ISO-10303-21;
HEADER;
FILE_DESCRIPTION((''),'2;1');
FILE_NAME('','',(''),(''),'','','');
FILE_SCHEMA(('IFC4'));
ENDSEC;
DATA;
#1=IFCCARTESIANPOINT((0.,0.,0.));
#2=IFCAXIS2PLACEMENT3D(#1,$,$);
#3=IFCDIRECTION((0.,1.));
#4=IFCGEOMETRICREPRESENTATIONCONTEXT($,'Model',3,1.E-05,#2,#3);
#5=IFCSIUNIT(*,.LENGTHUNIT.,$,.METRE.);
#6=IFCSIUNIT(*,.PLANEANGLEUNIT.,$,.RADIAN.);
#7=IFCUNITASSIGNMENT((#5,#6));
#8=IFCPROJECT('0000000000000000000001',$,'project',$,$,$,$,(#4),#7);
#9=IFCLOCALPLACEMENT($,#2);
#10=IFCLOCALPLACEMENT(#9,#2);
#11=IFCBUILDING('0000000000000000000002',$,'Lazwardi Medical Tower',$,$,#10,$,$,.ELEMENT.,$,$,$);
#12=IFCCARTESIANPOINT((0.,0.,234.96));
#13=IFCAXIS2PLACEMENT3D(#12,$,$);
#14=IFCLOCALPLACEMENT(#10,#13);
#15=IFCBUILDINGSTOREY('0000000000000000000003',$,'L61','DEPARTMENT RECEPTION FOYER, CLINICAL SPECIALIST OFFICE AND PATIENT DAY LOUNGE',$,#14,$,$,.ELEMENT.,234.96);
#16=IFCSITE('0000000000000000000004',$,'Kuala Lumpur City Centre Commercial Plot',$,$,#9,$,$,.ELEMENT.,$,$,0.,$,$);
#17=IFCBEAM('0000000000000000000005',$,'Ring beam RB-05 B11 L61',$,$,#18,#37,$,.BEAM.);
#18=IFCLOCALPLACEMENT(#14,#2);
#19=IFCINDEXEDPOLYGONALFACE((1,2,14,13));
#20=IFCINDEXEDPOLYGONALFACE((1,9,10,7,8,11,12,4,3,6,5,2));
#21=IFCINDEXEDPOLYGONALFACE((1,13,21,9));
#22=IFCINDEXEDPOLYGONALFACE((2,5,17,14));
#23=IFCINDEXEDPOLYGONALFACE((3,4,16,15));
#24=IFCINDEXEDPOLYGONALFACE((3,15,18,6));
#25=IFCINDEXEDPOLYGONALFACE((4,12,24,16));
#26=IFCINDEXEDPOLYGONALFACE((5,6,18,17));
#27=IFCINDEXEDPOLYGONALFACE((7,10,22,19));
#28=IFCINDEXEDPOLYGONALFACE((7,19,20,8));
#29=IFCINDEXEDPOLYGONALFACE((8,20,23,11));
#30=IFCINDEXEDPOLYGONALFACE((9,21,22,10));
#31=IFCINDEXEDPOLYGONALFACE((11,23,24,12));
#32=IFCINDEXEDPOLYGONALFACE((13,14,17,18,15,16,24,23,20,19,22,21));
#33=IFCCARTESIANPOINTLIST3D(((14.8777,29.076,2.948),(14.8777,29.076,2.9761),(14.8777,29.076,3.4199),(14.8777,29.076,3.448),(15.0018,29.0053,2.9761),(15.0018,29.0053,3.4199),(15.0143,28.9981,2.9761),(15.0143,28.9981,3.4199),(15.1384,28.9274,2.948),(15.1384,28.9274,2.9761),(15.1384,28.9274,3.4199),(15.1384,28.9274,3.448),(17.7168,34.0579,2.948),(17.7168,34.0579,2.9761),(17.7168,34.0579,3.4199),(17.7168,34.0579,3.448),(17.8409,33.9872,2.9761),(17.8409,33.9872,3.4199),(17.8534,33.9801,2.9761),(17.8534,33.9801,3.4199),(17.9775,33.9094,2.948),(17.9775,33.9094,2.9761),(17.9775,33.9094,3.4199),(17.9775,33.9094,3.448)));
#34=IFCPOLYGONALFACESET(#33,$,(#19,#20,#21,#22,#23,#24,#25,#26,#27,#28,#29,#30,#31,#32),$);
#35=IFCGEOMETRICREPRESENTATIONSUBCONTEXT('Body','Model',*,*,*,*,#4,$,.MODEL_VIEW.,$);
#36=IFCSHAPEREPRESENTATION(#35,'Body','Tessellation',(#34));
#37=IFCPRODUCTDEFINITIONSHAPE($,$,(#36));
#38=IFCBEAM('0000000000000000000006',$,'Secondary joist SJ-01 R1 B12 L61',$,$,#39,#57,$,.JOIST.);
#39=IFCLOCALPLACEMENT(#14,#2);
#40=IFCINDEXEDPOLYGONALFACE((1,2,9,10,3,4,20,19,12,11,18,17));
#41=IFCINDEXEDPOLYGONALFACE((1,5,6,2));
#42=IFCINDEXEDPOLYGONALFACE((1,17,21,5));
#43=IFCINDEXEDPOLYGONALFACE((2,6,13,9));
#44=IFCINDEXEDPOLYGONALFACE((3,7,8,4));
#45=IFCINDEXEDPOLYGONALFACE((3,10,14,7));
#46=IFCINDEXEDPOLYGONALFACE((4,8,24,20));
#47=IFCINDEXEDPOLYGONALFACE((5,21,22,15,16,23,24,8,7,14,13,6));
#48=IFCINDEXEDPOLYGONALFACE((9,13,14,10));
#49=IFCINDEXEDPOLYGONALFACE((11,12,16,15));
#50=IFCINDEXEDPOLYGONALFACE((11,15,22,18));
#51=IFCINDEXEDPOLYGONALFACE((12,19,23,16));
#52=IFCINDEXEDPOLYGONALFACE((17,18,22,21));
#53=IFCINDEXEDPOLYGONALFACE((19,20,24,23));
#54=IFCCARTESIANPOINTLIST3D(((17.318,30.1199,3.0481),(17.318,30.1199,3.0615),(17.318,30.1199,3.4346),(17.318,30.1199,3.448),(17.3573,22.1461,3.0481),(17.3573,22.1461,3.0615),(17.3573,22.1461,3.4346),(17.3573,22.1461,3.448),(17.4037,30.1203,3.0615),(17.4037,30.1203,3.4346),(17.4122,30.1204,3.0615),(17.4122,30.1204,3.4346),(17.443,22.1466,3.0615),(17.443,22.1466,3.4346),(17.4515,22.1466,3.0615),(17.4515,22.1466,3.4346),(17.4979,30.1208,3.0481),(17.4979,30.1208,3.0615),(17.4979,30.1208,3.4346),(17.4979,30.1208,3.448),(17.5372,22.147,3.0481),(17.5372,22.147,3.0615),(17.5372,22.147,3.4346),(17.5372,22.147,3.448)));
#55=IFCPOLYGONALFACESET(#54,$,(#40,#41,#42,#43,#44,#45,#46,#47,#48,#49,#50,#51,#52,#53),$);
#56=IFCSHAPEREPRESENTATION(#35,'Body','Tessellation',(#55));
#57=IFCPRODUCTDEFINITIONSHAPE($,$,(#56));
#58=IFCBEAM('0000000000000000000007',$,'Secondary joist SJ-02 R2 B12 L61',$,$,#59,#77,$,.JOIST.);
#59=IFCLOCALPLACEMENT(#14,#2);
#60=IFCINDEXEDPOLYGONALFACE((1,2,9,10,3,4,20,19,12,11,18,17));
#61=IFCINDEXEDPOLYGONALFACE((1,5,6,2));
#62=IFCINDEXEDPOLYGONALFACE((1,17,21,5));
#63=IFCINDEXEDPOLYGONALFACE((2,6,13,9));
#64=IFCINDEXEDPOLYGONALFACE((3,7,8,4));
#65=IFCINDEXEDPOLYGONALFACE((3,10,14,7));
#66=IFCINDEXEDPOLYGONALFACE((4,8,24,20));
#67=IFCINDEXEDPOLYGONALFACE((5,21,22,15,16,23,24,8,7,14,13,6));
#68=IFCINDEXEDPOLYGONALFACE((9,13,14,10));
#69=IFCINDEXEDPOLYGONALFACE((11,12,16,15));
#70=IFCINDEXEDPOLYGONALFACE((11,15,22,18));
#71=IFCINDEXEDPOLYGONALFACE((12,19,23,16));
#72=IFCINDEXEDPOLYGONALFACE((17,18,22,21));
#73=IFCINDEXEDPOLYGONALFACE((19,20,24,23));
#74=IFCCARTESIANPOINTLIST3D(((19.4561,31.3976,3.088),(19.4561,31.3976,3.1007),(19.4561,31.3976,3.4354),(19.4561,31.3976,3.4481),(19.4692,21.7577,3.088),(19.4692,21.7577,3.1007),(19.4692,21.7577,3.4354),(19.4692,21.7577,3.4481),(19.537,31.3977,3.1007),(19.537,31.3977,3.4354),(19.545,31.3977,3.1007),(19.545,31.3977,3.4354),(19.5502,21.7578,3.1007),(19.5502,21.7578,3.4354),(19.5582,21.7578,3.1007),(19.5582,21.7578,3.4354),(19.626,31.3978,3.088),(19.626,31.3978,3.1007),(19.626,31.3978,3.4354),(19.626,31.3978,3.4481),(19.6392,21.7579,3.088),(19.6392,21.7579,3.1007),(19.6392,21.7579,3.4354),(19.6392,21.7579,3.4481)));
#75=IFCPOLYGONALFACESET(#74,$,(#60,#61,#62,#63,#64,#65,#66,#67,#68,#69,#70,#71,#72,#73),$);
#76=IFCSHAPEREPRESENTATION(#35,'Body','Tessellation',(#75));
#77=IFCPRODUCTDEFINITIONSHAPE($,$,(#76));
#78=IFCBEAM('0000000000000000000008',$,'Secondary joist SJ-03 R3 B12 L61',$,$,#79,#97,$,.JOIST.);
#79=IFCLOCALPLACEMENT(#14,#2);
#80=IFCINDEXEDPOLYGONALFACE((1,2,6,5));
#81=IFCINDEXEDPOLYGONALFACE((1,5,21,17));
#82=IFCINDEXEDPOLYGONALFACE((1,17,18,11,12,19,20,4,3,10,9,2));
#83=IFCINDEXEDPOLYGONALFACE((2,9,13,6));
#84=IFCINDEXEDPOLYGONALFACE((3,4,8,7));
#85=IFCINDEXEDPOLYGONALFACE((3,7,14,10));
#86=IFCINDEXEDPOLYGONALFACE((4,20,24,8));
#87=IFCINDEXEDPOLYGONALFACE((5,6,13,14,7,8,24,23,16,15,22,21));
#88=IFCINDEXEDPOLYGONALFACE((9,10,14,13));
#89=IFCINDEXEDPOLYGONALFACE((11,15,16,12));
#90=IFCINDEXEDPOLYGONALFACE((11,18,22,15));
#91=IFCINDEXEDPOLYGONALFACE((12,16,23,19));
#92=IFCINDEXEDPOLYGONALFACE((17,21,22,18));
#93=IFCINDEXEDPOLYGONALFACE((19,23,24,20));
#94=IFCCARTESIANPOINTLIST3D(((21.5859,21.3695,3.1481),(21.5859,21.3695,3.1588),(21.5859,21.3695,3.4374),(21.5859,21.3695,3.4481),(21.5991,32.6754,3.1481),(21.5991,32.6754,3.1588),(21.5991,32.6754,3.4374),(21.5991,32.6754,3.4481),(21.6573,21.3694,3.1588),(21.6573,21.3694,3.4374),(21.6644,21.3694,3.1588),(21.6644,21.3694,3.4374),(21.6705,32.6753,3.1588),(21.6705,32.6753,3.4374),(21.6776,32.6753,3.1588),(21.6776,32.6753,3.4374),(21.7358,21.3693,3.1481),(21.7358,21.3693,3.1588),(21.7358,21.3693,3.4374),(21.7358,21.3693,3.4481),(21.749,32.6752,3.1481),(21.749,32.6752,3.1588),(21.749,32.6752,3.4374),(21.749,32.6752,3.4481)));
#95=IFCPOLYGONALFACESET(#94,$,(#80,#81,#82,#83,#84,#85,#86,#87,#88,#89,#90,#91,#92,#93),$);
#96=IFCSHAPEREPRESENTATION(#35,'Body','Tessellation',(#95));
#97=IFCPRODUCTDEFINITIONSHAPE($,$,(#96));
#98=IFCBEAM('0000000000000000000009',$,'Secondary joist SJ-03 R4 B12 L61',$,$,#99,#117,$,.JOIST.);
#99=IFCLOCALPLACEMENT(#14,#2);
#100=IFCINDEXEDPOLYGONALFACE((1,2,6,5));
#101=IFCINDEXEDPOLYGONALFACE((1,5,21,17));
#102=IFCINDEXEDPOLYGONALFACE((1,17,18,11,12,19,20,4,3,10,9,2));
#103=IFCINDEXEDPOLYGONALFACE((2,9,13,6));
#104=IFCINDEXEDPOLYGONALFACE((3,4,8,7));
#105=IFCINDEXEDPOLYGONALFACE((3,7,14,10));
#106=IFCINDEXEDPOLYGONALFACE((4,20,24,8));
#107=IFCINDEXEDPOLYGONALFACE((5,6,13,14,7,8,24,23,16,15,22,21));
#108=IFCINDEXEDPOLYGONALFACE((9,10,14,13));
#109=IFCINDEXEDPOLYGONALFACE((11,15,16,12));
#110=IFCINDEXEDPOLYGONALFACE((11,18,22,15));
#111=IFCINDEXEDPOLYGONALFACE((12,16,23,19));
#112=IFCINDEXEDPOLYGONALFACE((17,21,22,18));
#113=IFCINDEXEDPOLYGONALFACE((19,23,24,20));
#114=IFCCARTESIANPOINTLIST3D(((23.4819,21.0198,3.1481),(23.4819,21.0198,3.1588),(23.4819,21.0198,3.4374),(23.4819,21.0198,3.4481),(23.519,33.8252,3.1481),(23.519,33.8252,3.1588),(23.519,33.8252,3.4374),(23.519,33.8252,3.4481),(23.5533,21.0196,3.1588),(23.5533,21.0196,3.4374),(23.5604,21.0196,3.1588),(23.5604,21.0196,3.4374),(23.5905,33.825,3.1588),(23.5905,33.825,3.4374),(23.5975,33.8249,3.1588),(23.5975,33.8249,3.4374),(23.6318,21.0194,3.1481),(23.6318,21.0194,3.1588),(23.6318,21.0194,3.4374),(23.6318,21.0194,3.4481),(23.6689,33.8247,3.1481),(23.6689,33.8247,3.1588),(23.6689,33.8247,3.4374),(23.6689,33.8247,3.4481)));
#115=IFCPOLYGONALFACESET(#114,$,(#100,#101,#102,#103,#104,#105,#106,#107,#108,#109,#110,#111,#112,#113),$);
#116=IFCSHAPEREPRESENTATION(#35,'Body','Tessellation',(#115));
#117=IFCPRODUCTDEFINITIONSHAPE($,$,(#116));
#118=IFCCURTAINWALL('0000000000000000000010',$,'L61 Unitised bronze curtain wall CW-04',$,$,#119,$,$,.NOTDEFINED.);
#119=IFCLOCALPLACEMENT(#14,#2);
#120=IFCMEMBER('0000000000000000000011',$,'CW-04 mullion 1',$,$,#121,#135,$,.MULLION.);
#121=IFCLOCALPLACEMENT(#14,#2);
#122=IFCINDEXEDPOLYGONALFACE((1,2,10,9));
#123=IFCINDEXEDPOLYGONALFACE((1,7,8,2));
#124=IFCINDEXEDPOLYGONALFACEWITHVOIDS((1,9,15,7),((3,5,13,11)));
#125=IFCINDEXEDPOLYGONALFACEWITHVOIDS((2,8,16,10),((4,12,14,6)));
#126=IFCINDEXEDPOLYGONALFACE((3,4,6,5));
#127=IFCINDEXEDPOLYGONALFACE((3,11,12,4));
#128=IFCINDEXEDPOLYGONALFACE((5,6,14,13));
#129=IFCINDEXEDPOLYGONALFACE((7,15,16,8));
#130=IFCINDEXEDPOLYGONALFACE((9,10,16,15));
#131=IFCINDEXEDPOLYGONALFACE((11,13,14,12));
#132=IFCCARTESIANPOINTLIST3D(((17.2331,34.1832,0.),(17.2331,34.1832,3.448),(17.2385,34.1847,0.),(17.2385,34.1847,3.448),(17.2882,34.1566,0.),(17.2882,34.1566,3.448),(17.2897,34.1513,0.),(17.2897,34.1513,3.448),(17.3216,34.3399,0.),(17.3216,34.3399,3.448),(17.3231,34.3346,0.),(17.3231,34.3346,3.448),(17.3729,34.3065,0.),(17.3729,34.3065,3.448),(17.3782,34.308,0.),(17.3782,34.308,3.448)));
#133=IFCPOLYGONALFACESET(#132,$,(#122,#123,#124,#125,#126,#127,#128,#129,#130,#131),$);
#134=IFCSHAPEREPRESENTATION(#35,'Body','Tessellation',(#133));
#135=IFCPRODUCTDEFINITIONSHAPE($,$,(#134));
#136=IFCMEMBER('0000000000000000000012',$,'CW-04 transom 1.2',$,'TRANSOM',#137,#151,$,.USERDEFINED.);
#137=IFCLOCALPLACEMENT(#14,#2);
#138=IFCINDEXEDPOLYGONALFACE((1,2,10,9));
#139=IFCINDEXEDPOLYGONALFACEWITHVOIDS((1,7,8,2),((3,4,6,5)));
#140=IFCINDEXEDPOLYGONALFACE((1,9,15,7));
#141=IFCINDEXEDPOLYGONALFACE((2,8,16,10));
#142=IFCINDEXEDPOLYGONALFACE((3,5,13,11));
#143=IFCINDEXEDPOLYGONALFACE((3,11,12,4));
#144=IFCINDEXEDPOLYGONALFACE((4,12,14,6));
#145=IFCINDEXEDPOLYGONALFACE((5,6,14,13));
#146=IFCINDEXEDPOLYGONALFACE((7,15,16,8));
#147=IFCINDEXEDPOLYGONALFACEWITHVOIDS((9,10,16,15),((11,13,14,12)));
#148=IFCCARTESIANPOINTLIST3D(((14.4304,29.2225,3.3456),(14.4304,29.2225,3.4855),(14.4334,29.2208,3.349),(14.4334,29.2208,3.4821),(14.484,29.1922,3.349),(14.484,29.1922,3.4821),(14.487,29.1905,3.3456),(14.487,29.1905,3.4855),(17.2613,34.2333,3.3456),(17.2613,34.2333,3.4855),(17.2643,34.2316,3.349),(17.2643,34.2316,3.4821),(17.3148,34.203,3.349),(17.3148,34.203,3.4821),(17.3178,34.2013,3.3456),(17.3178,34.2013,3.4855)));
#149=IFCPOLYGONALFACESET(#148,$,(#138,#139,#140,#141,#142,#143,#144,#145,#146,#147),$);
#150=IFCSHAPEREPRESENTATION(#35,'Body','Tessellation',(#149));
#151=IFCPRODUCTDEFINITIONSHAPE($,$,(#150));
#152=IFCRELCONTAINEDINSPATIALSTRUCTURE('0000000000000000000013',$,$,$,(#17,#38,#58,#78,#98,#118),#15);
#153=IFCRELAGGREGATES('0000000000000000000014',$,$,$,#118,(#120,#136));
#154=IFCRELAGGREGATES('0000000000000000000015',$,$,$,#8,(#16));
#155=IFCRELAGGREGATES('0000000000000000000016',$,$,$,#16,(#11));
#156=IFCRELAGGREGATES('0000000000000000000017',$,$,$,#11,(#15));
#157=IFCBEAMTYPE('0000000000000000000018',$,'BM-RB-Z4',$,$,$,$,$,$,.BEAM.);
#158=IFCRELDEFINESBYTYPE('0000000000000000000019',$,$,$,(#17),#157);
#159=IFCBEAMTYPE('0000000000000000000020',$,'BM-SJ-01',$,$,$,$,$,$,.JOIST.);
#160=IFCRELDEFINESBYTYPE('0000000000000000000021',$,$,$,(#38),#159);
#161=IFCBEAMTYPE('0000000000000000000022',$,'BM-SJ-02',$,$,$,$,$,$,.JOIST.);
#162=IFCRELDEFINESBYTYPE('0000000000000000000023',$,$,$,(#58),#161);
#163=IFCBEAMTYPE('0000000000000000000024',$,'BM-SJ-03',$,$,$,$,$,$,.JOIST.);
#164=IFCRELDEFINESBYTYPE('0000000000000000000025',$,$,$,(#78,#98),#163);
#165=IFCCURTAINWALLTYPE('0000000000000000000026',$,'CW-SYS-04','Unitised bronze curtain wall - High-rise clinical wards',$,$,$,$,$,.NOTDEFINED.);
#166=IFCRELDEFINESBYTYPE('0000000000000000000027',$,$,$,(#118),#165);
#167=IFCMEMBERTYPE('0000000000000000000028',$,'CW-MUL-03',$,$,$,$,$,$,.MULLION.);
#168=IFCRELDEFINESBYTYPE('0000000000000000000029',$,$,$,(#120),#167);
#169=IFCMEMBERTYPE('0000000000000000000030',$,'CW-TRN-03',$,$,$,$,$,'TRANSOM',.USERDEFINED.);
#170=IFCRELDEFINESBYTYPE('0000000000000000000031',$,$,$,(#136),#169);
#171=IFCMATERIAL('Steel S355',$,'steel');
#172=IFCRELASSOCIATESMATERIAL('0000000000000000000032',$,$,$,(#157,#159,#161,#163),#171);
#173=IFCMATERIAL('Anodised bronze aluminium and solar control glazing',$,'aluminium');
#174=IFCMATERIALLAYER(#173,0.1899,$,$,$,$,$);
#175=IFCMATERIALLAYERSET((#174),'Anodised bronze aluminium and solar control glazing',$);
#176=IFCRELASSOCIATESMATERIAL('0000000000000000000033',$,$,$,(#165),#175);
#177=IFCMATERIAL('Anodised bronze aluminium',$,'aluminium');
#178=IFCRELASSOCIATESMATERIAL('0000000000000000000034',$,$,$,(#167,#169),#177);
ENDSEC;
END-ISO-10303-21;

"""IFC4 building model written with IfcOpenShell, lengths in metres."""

from ifc_helpers import new_model, si_unit, direction, frame, origin, origin_2d, place, context, subcontext, project, spatial, hollow_rectangle, i_section, extrude, material, layer, layer_set, material_profile, profile_set, type_object, element, aggregate, save


model = new_model("IFC4")

# Units and contexts
model_context = context("Model", 3, precision=1e-05, world=origin(), true_north=direction((0.0, 1.0)))
body_context = subcontext(model_context, "Body", "Model", "MODEL_VIEW")
ifc_project = project(units=[si_unit("LENGTHUNIT", "METRE"), si_unit("PLANEANGLEUNIT", "RADIAN")], contexts=[model_context])

# Site, building, storey
site_placement = place(None, origin())
site = spatial("IfcSite", under=ifc_project, at=site_placement, Name="Kuala Lumpur City Centre Commercial Plot", CompositionType="ELEMENT", RefElevation=0.0)
building_placement = place(site_placement, origin())
building = spatial("IfcBuilding", under=site, at=building_placement, Name="Lazwardi Medical Tower", CompositionType="ELEMENT")
storey_placement = place(building_placement, frame((0.0, 0.0, 234.96)))
storey = spatial("IfcBuildingStorey", under=building, at=storey_placement, Name="L61", Description="DEPARTMENT RECEPTION FOYER, CLINICAL SPECIALIST OFFICE AND PATIENT DAY LOUNGE", CompositionType="ELEMENT", Elevation=234.96)

# Beams
ifc_material_1 = material(Name="Steel S355", Category="steel")
ifc_material_profile_1 = material_profile(ifc_material_1, i_section(OverallWidth=0.3, OverallDepth=0.5, WebThickness=0.0144, FlangeThickness=0.0281, at=origin_2d()), Name="HEB 500")
ifc_profile_set_1 = profile_set([ifc_material_profile_1], Name="Steel S355")
beam_type_1 = type_object("IfcBeamType", Name="BM-RB-Z4", PredefinedType="BEAM", material=ifc_profile_set_1)
beam_1_placement = place(storey_placement, frame((17.8472, 33.9836, 3.198), z_axis=(-0.495125, -0.868822, 0.0), x_axis=(0.868822, -0.495125, 0.0)))
element("IfcBeam", 1, at=beam_1_placement, inside=storey, type_object=beam_type_1, Name="Ring beam RB-05 B11 L61", PredefinedType="BEAM", context=body_context, shape_type="SweptSolid", body=[
    extrude(i_section(OverallWidth=0.3, OverallDepth=0.5, WebThickness=0.0144, FlangeThickness=0.0281, at=origin_2d()), origin(), (0.0, 0.0, 1.0), 5.7341),
])
ifc_material_profile_2 = material_profile(ifc_material_1, i_section(OverallWidth=0.1799, OverallDepth=0.3999, WebThickness=0.0085, FlangeThickness=0.0134, at=origin_2d()), Name="IPE 400")
ifc_profile_set_2 = profile_set([ifc_material_profile_2], Name="Steel S355")
beam_type_2 = type_object("IfcBeamType", Name="BM-SJ-01", PredefinedType="JOIST", material=ifc_profile_set_2)
beam_2_placement = place(storey_placement, frame((17.408, 30.1204, 3.248), z_axis=(0.004929, -0.999988, 0.0), x_axis=(0.999988, 0.004929, 0.0)))
element("IfcBeam", 2, at=beam_2_placement, inside=storey, type_object=beam_type_2, Name="Secondary joist SJ-01 R1 B12 L61", PredefinedType="JOIST", context=body_context, shape_type="SweptSolid", body=[
    extrude(i_section(OverallWidth=0.1799, OverallDepth=0.3999, WebThickness=0.0085, FlangeThickness=0.0134, at=origin_2d()), origin(), (0.0, 0.0, 1.0), 7.9739),
])
ifc_material_profile_3 = material_profile(ifc_material_1, i_section(OverallWidth=0.1699, OverallDepth=0.3601, WebThickness=0.0081, FlangeThickness=0.0127, at=origin_2d()), Name="IPE 360")
ifc_profile_set_3 = profile_set([ifc_material_profile_3], Name="Steel S355")
beam_type_3 = type_object("IfcBeamType", Name="BM-SJ-02", PredefinedType="JOIST", material=ifc_profile_set_3)
beam_3_placement = place(storey_placement, frame((19.541, 31.3977, 3.2681), z_axis=(0.001368, -0.999999, 0.0), x_axis=(0.999999, 0.001368, 0.0)))
element("IfcBeam", 3, at=beam_3_placement, inside=storey, type_object=beam_type_3, Name="Secondary joist SJ-02 R2 B12 L61", PredefinedType="JOIST", context=body_context, shape_type="SweptSolid", body=[
    extrude(i_section(OverallWidth=0.1699, OverallDepth=0.3601, WebThickness=0.0081, FlangeThickness=0.0127, at=origin_2d()), origin(), (0.0, 0.0, 1.0), 9.6399),
])
ifc_material_profile_4 = material_profile(ifc_material_1, i_section(OverallWidth=0.1499, OverallDepth=0.3, WebThickness=0.0071, FlangeThickness=0.0107, at=origin_2d()), Name="IPE 300")
ifc_profile_set_4 = profile_set([ifc_material_profile_4], Name="Steel S355")
beam_type_4 = type_object("IfcBeamType", Name="BM-SJ-03", PredefinedType="JOIST", material=ifc_profile_set_4)
beam_4_placement = place(storey_placement, frame((21.6741, 32.6753, 3.2981), z_axis=(-0.001166, -0.999999, 0.0), x_axis=(0.999999, -0.001166, 0.0)))
element("IfcBeam", 4, at=beam_4_placement, inside=storey, type_object=beam_type_4, Name="Secondary joist SJ-03 R3 B12 L61", PredefinedType="JOIST", context=body_context, shape_type="SweptSolid", body=[
    extrude(i_section(OverallWidth=0.1499, OverallDepth=0.3, WebThickness=0.0071, FlangeThickness=0.0107, at=origin_2d()), origin(), (0.0, 0.0, 1.0), 11.3059),
])
beam_5_placement = place(storey_placement, frame((23.594, 33.825, 3.2981), z_axis=(-0.002898, -0.999996, 0.0), x_axis=(0.999996, -0.002898, 0.0)))
element("IfcBeam", 5, at=beam_5_placement, inside=storey, type_object=beam_type_4, Name="Secondary joist SJ-03 R4 B12 L61", PredefinedType="JOIST", context=body_context, shape_type="SweptSolid", body=[
    extrude(i_section(OverallWidth=0.1499, OverallDepth=0.3, WebThickness=0.0071, FlangeThickness=0.0107, at=origin_2d()), origin(), (0.0, 0.0, 1.0), 12.8054),
])

# Curtain wall, members
ifc_material_2 = material(Name="Anodised bronze aluminium and solar control glazing", Category="aluminium")
ifc_layer_1 = layer(ifc_material_2, 0.1899)
ifc_layer_set_1 = layer_set([ifc_layer_1], Name="Anodised bronze aluminium and solar control glazing")
curtain_wall_type = type_object("IfcCurtainWallType", Name="CW-SYS-04", Description="Unitised bronze curtain wall - High-rise clinical wards", PredefinedType="NOTDEFINED", material=ifc_layer_set_1)
curtain_wall_placement = place(storey_placement, origin())
curtain_wall = element("IfcCurtainWall", 6, at=curtain_wall_placement, inside=storey, type_object=curtain_wall_type, Name="L61 Unitised bronze curtain wall CW-04", PredefinedType="NOTDEFINED")
ifc_material_3 = material(Name="Anodised bronze aluminium", Category="aluminium")
ifc_material_profile_5 = material_profile(ifc_material_3, hollow_rectangle(XDim=0.0649, YDim=0.1799, WallThickness=0.0039, at=origin_2d()), Name="ALU-MULLION 180x65x4")
ifc_profile_set_5 = profile_set([ifc_material_profile_5], Name="Anodised bronze aluminium")
member_type_1 = type_object("IfcMemberType", Name="CW-MUL-03", PredefinedType="MULLION", material=ifc_profile_set_5)
member_1_placement = place(storey_placement, frame((17.3057, 34.2456, 0.0), z_axis=(0.0, 0.0, 1.0), x_axis=(0.870651, -0.4919, 0.0)))
member_1 = element("IfcMember", 7, at=member_1_placement, type_object=member_type_1, Name="CW-04 mullion 1", PredefinedType="MULLION", context=body_context, shape_type="SweptSolid", body=[
    extrude(hollow_rectangle(XDim=0.0649, YDim=0.1799, WallThickness=0.0039, at=origin_2d()), origin(), (0.0, 0.0, 1.0), 3.448),
])
ifc_material_profile_6 = material_profile(ifc_material_3, hollow_rectangle(XDim=0.0649, YDim=0.1399, WallThickness=0.0034, at=origin_2d()), Name="ALU-TRANSOM 140x65x3.5")
ifc_profile_set_6 = profile_set([ifc_material_profile_6], Name="Anodised bronze aluminium")
member_type_2 = type_object("IfcMemberType", Name="CW-TRN-03", ElementType="TRANSOM", PredefinedType="USERDEFINED", material=ifc_profile_set_6)
member_2_placement = place(storey_placement, frame((17.2896, 34.2173, 3.4155), z_axis=(-0.49188, -0.870663, 0.0), x_axis=(0.870663, -0.49188, 0.0)))
member_2 = element("IfcMember", 8, at=member_2_placement, type_object=member_type_2, Name="CW-04 transom 1.2", ObjectType="TRANSOM", PredefinedType="USERDEFINED", context=body_context, shape_type="SweptSolid", body=[
    extrude(hollow_rectangle(XDim=0.0649, YDim=0.1399, WallThickness=0.0034, at=origin_2d()), origin(), (0.0, 0.0, 1.0), 5.7551),
])
aggregate(curtain_wall, [member_1, member_2])

save(model, "model.ifc")
